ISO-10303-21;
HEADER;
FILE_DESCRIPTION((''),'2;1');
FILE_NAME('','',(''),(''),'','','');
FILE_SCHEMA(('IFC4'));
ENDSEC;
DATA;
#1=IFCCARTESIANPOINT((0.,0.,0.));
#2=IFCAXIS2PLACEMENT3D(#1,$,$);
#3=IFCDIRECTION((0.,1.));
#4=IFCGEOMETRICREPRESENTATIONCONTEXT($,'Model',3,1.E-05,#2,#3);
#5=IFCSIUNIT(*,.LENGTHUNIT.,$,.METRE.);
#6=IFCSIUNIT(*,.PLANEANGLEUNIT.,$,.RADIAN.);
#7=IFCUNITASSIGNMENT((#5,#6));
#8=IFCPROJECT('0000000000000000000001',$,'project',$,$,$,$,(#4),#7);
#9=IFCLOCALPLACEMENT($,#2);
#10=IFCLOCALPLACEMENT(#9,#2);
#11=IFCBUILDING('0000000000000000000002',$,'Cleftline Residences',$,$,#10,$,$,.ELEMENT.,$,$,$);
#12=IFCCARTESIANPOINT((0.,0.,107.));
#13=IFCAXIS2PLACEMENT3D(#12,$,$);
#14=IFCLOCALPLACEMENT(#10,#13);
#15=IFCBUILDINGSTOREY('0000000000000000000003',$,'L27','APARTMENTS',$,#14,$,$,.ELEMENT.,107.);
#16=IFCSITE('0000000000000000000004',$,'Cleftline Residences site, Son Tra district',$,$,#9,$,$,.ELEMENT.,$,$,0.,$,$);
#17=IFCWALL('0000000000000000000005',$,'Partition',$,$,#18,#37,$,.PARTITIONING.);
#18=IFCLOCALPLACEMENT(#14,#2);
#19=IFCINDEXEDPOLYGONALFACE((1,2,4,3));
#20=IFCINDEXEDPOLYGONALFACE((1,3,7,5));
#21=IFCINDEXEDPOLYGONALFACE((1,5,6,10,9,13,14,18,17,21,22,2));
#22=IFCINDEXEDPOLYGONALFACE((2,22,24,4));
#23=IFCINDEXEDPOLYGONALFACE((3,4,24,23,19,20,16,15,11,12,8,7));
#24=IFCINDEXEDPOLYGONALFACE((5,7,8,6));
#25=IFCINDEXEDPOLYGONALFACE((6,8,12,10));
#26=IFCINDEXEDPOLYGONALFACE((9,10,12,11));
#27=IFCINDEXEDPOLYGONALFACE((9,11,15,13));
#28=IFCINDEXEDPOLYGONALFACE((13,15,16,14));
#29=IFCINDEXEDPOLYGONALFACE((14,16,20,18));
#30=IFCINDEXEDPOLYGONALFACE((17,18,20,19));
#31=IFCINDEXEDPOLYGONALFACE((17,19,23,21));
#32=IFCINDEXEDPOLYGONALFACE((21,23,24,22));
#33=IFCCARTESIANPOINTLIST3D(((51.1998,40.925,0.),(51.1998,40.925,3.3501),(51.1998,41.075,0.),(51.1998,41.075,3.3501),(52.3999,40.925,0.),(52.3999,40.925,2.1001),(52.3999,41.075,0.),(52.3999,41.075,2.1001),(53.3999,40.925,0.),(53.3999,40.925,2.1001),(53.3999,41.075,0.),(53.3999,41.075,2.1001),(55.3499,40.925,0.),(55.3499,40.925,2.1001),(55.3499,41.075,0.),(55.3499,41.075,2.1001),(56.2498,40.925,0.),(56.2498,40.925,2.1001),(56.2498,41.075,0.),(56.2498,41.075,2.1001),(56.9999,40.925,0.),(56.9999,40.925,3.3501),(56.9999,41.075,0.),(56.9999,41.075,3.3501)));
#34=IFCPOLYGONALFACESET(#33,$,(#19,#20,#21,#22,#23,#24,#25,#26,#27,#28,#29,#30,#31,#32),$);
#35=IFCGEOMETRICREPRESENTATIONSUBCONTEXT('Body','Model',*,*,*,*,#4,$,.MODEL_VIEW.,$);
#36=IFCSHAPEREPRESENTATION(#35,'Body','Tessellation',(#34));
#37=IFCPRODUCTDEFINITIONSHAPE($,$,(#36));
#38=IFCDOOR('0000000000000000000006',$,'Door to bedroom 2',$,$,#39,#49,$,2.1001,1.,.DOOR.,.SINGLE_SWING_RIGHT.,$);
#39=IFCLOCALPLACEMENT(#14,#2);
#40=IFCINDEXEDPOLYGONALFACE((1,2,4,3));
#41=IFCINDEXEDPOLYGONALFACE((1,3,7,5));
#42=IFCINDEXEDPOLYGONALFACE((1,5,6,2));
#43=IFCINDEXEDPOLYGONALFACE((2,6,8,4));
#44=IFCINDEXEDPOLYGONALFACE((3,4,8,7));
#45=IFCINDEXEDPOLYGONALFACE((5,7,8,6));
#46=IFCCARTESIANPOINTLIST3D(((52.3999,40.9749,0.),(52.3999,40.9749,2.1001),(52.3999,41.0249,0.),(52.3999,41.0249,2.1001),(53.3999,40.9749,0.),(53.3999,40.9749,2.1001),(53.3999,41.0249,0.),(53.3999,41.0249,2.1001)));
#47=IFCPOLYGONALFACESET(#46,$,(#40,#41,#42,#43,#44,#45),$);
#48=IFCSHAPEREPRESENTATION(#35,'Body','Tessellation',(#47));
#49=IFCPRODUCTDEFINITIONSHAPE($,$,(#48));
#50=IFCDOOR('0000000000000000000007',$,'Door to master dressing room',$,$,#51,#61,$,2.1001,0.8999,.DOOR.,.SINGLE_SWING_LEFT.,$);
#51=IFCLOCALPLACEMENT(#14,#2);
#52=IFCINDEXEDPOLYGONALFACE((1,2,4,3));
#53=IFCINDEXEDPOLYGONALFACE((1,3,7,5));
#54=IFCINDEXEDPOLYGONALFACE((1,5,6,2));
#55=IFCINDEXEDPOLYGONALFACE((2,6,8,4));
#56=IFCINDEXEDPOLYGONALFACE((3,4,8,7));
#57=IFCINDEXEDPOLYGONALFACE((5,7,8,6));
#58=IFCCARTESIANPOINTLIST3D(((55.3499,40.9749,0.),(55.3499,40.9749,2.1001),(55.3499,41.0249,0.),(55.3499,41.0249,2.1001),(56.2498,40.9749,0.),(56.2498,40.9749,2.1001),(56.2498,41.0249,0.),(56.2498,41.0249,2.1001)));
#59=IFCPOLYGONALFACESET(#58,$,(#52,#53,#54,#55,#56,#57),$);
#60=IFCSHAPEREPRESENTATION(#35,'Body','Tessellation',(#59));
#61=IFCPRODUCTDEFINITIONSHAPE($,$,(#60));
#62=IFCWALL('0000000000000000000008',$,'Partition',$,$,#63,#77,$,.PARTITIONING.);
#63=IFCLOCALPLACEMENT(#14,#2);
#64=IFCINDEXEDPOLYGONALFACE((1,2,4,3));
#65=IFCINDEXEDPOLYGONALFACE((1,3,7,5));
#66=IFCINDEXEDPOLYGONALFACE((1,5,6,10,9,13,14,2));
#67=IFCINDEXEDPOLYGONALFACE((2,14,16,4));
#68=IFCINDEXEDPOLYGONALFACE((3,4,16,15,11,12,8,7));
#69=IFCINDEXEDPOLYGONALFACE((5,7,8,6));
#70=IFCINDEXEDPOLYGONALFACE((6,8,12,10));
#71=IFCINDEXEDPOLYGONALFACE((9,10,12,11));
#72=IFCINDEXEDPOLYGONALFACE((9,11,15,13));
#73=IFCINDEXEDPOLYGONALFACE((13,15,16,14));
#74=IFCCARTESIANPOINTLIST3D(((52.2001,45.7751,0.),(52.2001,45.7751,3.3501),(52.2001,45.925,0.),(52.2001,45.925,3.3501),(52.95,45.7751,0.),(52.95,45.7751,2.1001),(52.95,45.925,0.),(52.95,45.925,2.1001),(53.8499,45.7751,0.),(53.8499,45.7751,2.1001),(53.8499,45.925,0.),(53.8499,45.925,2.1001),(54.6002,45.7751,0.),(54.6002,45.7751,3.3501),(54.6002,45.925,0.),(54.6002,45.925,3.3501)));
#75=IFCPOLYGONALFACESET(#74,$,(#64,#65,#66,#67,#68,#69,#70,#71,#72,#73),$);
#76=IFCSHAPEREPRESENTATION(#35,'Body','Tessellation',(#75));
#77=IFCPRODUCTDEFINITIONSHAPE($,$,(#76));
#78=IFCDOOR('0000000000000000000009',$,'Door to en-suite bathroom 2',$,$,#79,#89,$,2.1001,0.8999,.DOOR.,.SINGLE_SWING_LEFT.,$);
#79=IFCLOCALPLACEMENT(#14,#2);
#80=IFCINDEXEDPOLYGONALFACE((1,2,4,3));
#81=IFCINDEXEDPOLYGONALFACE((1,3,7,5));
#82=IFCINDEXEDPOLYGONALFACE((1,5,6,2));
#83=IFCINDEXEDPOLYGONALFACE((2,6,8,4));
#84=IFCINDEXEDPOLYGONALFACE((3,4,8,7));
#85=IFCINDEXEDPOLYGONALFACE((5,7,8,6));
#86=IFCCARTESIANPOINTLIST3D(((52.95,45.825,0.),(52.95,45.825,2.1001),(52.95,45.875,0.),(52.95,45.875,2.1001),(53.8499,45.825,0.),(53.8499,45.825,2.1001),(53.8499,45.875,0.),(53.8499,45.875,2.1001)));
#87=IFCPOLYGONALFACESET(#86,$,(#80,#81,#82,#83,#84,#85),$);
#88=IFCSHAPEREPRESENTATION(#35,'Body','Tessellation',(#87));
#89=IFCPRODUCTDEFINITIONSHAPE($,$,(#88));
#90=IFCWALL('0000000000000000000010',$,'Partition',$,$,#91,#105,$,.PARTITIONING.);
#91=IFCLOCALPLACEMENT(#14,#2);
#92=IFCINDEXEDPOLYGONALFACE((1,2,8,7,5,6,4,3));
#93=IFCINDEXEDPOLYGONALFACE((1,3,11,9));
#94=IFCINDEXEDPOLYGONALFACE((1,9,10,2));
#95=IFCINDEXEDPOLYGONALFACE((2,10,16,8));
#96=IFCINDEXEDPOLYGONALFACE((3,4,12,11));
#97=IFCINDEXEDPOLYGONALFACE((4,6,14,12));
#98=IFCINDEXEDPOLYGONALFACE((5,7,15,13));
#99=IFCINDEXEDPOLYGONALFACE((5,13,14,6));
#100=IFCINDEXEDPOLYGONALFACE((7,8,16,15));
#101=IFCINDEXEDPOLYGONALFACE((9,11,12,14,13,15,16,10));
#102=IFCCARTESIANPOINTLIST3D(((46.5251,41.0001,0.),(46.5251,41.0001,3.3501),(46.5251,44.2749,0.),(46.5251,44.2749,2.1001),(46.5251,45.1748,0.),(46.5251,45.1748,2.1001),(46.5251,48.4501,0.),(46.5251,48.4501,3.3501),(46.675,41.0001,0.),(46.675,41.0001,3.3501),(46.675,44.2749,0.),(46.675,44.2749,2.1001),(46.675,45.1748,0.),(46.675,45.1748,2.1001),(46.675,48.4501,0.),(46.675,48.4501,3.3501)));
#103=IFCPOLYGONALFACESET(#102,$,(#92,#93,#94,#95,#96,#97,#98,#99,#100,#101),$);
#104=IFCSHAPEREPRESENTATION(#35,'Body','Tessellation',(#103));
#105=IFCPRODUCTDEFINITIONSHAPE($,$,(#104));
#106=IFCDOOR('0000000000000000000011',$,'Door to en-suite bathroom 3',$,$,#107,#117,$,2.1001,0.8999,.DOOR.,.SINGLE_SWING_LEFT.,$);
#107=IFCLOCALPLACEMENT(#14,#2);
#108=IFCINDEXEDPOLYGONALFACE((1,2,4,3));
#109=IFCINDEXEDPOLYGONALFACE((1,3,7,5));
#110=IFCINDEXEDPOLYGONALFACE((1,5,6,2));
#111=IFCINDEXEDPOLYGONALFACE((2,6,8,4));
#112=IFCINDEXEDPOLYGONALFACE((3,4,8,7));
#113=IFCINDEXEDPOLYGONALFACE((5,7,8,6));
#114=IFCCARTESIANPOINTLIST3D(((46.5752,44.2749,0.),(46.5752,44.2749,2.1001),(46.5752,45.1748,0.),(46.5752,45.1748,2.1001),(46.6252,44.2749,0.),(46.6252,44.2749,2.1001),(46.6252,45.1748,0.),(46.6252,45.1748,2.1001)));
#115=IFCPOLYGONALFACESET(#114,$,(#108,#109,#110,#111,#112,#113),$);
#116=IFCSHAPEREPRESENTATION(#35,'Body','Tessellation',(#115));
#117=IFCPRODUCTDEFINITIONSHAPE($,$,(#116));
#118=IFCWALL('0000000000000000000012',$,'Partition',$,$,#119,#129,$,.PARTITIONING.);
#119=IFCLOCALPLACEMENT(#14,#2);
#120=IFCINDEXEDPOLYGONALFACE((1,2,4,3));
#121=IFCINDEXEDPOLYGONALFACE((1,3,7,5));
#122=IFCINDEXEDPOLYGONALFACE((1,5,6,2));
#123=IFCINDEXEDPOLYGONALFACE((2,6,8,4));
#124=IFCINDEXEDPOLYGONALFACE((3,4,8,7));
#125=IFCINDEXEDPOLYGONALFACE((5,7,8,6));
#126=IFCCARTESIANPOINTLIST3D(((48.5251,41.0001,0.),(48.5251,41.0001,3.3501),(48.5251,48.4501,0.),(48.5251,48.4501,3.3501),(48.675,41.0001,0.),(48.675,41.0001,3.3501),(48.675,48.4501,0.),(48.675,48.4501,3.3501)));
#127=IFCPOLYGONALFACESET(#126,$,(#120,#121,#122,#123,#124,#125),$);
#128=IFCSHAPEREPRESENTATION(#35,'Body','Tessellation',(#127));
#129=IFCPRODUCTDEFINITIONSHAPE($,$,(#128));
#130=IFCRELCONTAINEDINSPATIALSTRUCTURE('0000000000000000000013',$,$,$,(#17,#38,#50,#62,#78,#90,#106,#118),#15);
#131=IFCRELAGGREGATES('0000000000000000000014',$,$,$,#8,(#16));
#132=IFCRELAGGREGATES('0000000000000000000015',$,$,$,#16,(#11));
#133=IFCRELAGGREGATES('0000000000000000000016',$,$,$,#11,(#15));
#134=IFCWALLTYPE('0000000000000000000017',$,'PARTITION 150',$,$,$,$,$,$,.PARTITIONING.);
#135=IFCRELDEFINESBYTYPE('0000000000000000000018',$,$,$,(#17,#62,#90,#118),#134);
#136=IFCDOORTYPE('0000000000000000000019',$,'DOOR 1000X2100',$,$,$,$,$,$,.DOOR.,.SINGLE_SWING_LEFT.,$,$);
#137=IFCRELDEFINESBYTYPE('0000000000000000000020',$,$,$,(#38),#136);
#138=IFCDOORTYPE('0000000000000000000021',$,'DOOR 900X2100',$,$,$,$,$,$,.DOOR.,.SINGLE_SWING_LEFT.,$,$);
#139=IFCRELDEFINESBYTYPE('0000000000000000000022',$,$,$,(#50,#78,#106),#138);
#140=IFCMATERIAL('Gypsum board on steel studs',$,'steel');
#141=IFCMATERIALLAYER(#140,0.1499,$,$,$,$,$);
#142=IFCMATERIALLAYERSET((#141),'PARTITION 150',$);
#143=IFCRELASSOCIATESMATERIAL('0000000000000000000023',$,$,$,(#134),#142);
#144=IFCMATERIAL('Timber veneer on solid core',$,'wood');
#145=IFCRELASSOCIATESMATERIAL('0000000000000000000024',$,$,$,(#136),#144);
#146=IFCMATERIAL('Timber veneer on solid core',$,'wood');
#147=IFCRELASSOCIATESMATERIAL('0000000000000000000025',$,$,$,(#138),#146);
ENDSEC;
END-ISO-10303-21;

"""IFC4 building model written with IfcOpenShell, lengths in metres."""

from ifc_helpers import new_model, si_unit, direction, frame, frame_2d, origin, place, context, subcontext, project, spatial, rectangle, extrude, material, layer, layer_set, type_object, element, fill, save


model = new_model("IFC4")

# Units and contexts
model_context = context("Model", 3, precision=1e-05, world=origin(), true_north=direction((0.0, 1.0)))
body_context = subcontext(model_context, "Body", "Model", "MODEL_VIEW")
ifc_project = project(units=[si_unit("LENGTHUNIT", "METRE"), si_unit("PLANEANGLEUNIT", "RADIAN")], contexts=[model_context])

# Site, building, storey
site_placement = place(None, origin())
site = spatial("IfcSite", under=ifc_project, at=site_placement, Name="Cleftline Residences site, Son Tra district", CompositionType="ELEMENT", RefElevation=0.0)
building_placement = place(site_placement, origin())
building = spatial("IfcBuilding", under=site, at=building_placement, Name="Cleftline Residences", CompositionType="ELEMENT")
storey_placement = place(building_placement, frame((0.0, 0.0, 107.0)))
storey = spatial("IfcBuildingStorey", under=building, at=storey_placement, Name="L27", Description="APARTMENTS", CompositionType="ELEMENT", Elevation=107.0)

# Shared definitions
ifc_material_1 = material(Name="Gypsum board on steel studs", Category="steel")
ifc_layer_1 = layer(ifc_material_1, 0.1499)
ifc_layer_set_1 = layer_set([ifc_layer_1], Name="PARTITION 150")
wall_type = type_object("IfcWallType", Name="PARTITION 150", PredefinedType="PARTITIONING", material=ifc_layer_set_1)
ifc_material_2 = material(Name="Timber veneer on solid core", Category="wood")
door_type_1 = type_object("IfcDoorType", Name="DOOR 1000X2100", OperationType="SINGLE_SWING_LEFT", PredefinedType="DOOR", material=ifc_material_2)
ifc_material_3 = material(Name="Timber veneer on solid core", Category="wood")
door_type_2 = type_object("IfcDoorType", Name="DOOR 900X2100", OperationType="SINGLE_SWING_LEFT", PredefinedType="DOOR", material=ifc_material_3)

# Wall, openings, doors
wall_1_placement = place(storey_placement, frame((51.2, 41.0, 0.0), z_axis=(0.0, 0.0, 1.0), x_axis=(1.0, 0.0, 0.0)))
wall_1 = element("IfcWall", 1, at=wall_1_placement, inside=storey, type_object=wall_type, Name="Partition", PredefinedType="PARTITIONING", context=body_context, shape_type="SweptSolid", body=[
    extrude(rectangle(XDim=5.8, YDim=0.1499, at=frame_2d((2.8999, 0.0))), origin(), (0.0, 0.0, 1.0), 3.3501),
])
opening_1_placement = place(wall_1_placement, frame((4.1499, 0.0, 0.0)))
opening_1 = element("IfcOpeningElement", 2, at=opening_1_placement, cuts=wall_1, PredefinedType="OPENING", context=body_context, shape_type="SweptSolid", body=[
    extrude(rectangle(XDim=0.8999, YDim=2.1001, at=frame_2d((0.45, 1.05))), frame((0.0, 0.085, 0.0), z_axis=(0.0, -1.0, 0.0), x_axis=(1.0, 0.0, 0.0)), (0.0, 0.0, 1.0), 0.1699),
])
opening_2_placement = place(wall_1_placement, frame((1.2, 0.0, 0.0)))
opening_2 = element("IfcOpeningElement", 3, at=opening_2_placement, cuts=wall_1, PredefinedType="OPENING", context=body_context, shape_type="SweptSolid", body=[
    extrude(rectangle(XDim=1.0, YDim=2.1001, at=frame_2d((0.5, 1.05))), frame((0.0, 0.085, 0.0), z_axis=(0.0, -1.0, 0.0), x_axis=(1.0, 0.0, 0.0)), (0.0, 0.0, 1.0), 0.1699),
])
door_1_placement = place(opening_2_placement, origin())
door_1 = element("IfcDoor", 4, at=door_1_placement, inside=storey, type_object=door_type_1, Name="Door to bedroom 2", OperationType="SINGLE_SWING_RIGHT", OverallHeight=2.1001, OverallWidth=1.0, PredefinedType="DOOR", context=body_context, shape_type="SweptSolid", body=[
    extrude(rectangle(XDim=1.0, YDim=2.1001, at=frame_2d((0.5, 1.05))), frame((0.0, 0.0249, 0.0), z_axis=(0.0, -1.0, 0.0), x_axis=(1.0, 0.0, 0.0)), (0.0, 0.0, 1.0), 0.05),
])
fill(opening_2, door_1)
door_2_placement = place(opening_1_placement, origin())
door_2 = element("IfcDoor", 5, at=door_2_placement, inside=storey, type_object=door_type_2, Name="Door to master dressing room", OperationType="SINGLE_SWING_LEFT", OverallHeight=2.1001, OverallWidth=0.8999, PredefinedType="DOOR", context=body_context, shape_type="SweptSolid", body=[
    extrude(rectangle(XDim=0.8999, YDim=2.1001, at=frame_2d((0.45, 1.05))), frame((0.0, 0.0249, 0.0), z_axis=(0.0, -1.0, 0.0), x_axis=(1.0, 0.0, 0.0)), (0.0, 0.0, 1.0), 0.05),
])
fill(opening_1, door_2)

# Walls, openings, doors
wall_2_placement = place(storey_placement, frame((52.2, 45.8501, 0.0), z_axis=(0.0, 0.0, 1.0), x_axis=(1.0, 0.0, 0.0)))
wall_2 = element("IfcWall", 6, at=wall_2_placement, inside=storey, type_object=wall_type, Name="Partition", PredefinedType="PARTITIONING", context=body_context, shape_type="SweptSolid", body=[
    extrude(rectangle(XDim=2.4001, YDim=0.1499, at=frame_2d((1.2002, 0.0))), origin(), (0.0, 0.0, 1.0), 3.3501),
])
opening_3_placement = place(wall_2_placement, frame((0.75, 0.0, 0.0)))
opening_3 = element("IfcOpeningElement", 7, at=opening_3_placement, cuts=wall_2, PredefinedType="OPENING", context=body_context, shape_type="SweptSolid", body=[
    extrude(rectangle(XDim=0.8999, YDim=2.1001, at=frame_2d((0.45, 1.05))), frame((0.0, 0.085, 0.0), z_axis=(0.0, -1.0, 0.0), x_axis=(1.0, 0.0, 0.0)), (0.0, 0.0, 1.0), 0.1699),
])
door_3_placement = place(opening_3_placement, origin())
door_3 = element("IfcDoor", 8, at=door_3_placement, inside=storey, type_object=door_type_2, Name="Door to en-suite bathroom 2", OperationType="SINGLE_SWING_LEFT", OverallHeight=2.1001, OverallWidth=0.8999, PredefinedType="DOOR", context=body_context, shape_type="SweptSolid", body=[
    extrude(rectangle(XDim=0.8999, YDim=2.1001, at=frame_2d((0.45, 1.05))), frame((0.0, 0.0249, 0.0), z_axis=(0.0, -1.0, 0.0), x_axis=(1.0, 0.0, 0.0)), (0.0, 0.0, 1.0), 0.05),
])
fill(opening_3, door_3)
wall_3_placement = place(storey_placement, frame((46.6001, 41.0, 0.0), z_axis=(0.0, 0.0, 1.0), x_axis=(0.0, 1.0, 0.0)))
wall_3 = element("IfcWall", 9, at=wall_3_placement, inside=storey, type_object=wall_type, Name="Partition", PredefinedType="PARTITIONING", context=body_context, shape_type="SweptSolid", body=[
    extrude(rectangle(XDim=7.45, YDim=0.1499, at=frame_2d((3.7251, 0.0))), origin(), (0.0, 0.0, 1.0), 3.3501),
])
opening_4_placement = place(wall_3_placement, frame((3.2749, 0.0, 0.0)))
opening_4 = element("IfcOpeningElement", 10, at=opening_4_placement, cuts=wall_3, PredefinedType="OPENING", context=body_context, shape_type="SweptSolid", body=[
    extrude(rectangle(XDim=0.8999, YDim=2.1001, at=frame_2d((0.45, 1.05))), frame((0.0, 0.085, 0.0), z_axis=(0.0, -1.0, 0.0), x_axis=(1.0, 0.0, 0.0)), (0.0, 0.0, 1.0), 0.1699),
])
door_4_placement = place(opening_4_placement, origin())
door_4 = element("IfcDoor", 11, at=door_4_placement, inside=storey, type_object=door_type_2, Name="Door to en-suite bathroom 3", OperationType="SINGLE_SWING_LEFT", OverallHeight=2.1001, OverallWidth=0.8999, PredefinedType="DOOR", context=body_context, shape_type="SweptSolid", body=[
    extrude(rectangle(XDim=0.8999, YDim=2.1001, at=frame_2d((0.45, 1.05))), frame((0.0, 0.0249, 0.0), z_axis=(0.0, -1.0, 0.0), x_axis=(1.0, 0.0, 0.0)), (0.0, 0.0, 1.0), 0.05),
])
fill(opening_4, door_4)

# Wall
wall_4_placement = place(storey_placement, frame((48.6001, 41.0, 0.0), z_axis=(0.0, 0.0, 1.0), x_axis=(0.0, 1.0, 0.0)))
element("IfcWall", 12, at=wall_4_placement, inside=storey, type_object=wall_type, Name="Partition", PredefinedType="PARTITIONING", context=body_context, shape_type="SweptSolid", body=[
    extrude(rectangle(XDim=7.45, YDim=0.1499, at=frame_2d((3.7251, 0.0))), origin(), (0.0, 0.0, 1.0), 3.3501),
])

save(model, "model.ifc")
